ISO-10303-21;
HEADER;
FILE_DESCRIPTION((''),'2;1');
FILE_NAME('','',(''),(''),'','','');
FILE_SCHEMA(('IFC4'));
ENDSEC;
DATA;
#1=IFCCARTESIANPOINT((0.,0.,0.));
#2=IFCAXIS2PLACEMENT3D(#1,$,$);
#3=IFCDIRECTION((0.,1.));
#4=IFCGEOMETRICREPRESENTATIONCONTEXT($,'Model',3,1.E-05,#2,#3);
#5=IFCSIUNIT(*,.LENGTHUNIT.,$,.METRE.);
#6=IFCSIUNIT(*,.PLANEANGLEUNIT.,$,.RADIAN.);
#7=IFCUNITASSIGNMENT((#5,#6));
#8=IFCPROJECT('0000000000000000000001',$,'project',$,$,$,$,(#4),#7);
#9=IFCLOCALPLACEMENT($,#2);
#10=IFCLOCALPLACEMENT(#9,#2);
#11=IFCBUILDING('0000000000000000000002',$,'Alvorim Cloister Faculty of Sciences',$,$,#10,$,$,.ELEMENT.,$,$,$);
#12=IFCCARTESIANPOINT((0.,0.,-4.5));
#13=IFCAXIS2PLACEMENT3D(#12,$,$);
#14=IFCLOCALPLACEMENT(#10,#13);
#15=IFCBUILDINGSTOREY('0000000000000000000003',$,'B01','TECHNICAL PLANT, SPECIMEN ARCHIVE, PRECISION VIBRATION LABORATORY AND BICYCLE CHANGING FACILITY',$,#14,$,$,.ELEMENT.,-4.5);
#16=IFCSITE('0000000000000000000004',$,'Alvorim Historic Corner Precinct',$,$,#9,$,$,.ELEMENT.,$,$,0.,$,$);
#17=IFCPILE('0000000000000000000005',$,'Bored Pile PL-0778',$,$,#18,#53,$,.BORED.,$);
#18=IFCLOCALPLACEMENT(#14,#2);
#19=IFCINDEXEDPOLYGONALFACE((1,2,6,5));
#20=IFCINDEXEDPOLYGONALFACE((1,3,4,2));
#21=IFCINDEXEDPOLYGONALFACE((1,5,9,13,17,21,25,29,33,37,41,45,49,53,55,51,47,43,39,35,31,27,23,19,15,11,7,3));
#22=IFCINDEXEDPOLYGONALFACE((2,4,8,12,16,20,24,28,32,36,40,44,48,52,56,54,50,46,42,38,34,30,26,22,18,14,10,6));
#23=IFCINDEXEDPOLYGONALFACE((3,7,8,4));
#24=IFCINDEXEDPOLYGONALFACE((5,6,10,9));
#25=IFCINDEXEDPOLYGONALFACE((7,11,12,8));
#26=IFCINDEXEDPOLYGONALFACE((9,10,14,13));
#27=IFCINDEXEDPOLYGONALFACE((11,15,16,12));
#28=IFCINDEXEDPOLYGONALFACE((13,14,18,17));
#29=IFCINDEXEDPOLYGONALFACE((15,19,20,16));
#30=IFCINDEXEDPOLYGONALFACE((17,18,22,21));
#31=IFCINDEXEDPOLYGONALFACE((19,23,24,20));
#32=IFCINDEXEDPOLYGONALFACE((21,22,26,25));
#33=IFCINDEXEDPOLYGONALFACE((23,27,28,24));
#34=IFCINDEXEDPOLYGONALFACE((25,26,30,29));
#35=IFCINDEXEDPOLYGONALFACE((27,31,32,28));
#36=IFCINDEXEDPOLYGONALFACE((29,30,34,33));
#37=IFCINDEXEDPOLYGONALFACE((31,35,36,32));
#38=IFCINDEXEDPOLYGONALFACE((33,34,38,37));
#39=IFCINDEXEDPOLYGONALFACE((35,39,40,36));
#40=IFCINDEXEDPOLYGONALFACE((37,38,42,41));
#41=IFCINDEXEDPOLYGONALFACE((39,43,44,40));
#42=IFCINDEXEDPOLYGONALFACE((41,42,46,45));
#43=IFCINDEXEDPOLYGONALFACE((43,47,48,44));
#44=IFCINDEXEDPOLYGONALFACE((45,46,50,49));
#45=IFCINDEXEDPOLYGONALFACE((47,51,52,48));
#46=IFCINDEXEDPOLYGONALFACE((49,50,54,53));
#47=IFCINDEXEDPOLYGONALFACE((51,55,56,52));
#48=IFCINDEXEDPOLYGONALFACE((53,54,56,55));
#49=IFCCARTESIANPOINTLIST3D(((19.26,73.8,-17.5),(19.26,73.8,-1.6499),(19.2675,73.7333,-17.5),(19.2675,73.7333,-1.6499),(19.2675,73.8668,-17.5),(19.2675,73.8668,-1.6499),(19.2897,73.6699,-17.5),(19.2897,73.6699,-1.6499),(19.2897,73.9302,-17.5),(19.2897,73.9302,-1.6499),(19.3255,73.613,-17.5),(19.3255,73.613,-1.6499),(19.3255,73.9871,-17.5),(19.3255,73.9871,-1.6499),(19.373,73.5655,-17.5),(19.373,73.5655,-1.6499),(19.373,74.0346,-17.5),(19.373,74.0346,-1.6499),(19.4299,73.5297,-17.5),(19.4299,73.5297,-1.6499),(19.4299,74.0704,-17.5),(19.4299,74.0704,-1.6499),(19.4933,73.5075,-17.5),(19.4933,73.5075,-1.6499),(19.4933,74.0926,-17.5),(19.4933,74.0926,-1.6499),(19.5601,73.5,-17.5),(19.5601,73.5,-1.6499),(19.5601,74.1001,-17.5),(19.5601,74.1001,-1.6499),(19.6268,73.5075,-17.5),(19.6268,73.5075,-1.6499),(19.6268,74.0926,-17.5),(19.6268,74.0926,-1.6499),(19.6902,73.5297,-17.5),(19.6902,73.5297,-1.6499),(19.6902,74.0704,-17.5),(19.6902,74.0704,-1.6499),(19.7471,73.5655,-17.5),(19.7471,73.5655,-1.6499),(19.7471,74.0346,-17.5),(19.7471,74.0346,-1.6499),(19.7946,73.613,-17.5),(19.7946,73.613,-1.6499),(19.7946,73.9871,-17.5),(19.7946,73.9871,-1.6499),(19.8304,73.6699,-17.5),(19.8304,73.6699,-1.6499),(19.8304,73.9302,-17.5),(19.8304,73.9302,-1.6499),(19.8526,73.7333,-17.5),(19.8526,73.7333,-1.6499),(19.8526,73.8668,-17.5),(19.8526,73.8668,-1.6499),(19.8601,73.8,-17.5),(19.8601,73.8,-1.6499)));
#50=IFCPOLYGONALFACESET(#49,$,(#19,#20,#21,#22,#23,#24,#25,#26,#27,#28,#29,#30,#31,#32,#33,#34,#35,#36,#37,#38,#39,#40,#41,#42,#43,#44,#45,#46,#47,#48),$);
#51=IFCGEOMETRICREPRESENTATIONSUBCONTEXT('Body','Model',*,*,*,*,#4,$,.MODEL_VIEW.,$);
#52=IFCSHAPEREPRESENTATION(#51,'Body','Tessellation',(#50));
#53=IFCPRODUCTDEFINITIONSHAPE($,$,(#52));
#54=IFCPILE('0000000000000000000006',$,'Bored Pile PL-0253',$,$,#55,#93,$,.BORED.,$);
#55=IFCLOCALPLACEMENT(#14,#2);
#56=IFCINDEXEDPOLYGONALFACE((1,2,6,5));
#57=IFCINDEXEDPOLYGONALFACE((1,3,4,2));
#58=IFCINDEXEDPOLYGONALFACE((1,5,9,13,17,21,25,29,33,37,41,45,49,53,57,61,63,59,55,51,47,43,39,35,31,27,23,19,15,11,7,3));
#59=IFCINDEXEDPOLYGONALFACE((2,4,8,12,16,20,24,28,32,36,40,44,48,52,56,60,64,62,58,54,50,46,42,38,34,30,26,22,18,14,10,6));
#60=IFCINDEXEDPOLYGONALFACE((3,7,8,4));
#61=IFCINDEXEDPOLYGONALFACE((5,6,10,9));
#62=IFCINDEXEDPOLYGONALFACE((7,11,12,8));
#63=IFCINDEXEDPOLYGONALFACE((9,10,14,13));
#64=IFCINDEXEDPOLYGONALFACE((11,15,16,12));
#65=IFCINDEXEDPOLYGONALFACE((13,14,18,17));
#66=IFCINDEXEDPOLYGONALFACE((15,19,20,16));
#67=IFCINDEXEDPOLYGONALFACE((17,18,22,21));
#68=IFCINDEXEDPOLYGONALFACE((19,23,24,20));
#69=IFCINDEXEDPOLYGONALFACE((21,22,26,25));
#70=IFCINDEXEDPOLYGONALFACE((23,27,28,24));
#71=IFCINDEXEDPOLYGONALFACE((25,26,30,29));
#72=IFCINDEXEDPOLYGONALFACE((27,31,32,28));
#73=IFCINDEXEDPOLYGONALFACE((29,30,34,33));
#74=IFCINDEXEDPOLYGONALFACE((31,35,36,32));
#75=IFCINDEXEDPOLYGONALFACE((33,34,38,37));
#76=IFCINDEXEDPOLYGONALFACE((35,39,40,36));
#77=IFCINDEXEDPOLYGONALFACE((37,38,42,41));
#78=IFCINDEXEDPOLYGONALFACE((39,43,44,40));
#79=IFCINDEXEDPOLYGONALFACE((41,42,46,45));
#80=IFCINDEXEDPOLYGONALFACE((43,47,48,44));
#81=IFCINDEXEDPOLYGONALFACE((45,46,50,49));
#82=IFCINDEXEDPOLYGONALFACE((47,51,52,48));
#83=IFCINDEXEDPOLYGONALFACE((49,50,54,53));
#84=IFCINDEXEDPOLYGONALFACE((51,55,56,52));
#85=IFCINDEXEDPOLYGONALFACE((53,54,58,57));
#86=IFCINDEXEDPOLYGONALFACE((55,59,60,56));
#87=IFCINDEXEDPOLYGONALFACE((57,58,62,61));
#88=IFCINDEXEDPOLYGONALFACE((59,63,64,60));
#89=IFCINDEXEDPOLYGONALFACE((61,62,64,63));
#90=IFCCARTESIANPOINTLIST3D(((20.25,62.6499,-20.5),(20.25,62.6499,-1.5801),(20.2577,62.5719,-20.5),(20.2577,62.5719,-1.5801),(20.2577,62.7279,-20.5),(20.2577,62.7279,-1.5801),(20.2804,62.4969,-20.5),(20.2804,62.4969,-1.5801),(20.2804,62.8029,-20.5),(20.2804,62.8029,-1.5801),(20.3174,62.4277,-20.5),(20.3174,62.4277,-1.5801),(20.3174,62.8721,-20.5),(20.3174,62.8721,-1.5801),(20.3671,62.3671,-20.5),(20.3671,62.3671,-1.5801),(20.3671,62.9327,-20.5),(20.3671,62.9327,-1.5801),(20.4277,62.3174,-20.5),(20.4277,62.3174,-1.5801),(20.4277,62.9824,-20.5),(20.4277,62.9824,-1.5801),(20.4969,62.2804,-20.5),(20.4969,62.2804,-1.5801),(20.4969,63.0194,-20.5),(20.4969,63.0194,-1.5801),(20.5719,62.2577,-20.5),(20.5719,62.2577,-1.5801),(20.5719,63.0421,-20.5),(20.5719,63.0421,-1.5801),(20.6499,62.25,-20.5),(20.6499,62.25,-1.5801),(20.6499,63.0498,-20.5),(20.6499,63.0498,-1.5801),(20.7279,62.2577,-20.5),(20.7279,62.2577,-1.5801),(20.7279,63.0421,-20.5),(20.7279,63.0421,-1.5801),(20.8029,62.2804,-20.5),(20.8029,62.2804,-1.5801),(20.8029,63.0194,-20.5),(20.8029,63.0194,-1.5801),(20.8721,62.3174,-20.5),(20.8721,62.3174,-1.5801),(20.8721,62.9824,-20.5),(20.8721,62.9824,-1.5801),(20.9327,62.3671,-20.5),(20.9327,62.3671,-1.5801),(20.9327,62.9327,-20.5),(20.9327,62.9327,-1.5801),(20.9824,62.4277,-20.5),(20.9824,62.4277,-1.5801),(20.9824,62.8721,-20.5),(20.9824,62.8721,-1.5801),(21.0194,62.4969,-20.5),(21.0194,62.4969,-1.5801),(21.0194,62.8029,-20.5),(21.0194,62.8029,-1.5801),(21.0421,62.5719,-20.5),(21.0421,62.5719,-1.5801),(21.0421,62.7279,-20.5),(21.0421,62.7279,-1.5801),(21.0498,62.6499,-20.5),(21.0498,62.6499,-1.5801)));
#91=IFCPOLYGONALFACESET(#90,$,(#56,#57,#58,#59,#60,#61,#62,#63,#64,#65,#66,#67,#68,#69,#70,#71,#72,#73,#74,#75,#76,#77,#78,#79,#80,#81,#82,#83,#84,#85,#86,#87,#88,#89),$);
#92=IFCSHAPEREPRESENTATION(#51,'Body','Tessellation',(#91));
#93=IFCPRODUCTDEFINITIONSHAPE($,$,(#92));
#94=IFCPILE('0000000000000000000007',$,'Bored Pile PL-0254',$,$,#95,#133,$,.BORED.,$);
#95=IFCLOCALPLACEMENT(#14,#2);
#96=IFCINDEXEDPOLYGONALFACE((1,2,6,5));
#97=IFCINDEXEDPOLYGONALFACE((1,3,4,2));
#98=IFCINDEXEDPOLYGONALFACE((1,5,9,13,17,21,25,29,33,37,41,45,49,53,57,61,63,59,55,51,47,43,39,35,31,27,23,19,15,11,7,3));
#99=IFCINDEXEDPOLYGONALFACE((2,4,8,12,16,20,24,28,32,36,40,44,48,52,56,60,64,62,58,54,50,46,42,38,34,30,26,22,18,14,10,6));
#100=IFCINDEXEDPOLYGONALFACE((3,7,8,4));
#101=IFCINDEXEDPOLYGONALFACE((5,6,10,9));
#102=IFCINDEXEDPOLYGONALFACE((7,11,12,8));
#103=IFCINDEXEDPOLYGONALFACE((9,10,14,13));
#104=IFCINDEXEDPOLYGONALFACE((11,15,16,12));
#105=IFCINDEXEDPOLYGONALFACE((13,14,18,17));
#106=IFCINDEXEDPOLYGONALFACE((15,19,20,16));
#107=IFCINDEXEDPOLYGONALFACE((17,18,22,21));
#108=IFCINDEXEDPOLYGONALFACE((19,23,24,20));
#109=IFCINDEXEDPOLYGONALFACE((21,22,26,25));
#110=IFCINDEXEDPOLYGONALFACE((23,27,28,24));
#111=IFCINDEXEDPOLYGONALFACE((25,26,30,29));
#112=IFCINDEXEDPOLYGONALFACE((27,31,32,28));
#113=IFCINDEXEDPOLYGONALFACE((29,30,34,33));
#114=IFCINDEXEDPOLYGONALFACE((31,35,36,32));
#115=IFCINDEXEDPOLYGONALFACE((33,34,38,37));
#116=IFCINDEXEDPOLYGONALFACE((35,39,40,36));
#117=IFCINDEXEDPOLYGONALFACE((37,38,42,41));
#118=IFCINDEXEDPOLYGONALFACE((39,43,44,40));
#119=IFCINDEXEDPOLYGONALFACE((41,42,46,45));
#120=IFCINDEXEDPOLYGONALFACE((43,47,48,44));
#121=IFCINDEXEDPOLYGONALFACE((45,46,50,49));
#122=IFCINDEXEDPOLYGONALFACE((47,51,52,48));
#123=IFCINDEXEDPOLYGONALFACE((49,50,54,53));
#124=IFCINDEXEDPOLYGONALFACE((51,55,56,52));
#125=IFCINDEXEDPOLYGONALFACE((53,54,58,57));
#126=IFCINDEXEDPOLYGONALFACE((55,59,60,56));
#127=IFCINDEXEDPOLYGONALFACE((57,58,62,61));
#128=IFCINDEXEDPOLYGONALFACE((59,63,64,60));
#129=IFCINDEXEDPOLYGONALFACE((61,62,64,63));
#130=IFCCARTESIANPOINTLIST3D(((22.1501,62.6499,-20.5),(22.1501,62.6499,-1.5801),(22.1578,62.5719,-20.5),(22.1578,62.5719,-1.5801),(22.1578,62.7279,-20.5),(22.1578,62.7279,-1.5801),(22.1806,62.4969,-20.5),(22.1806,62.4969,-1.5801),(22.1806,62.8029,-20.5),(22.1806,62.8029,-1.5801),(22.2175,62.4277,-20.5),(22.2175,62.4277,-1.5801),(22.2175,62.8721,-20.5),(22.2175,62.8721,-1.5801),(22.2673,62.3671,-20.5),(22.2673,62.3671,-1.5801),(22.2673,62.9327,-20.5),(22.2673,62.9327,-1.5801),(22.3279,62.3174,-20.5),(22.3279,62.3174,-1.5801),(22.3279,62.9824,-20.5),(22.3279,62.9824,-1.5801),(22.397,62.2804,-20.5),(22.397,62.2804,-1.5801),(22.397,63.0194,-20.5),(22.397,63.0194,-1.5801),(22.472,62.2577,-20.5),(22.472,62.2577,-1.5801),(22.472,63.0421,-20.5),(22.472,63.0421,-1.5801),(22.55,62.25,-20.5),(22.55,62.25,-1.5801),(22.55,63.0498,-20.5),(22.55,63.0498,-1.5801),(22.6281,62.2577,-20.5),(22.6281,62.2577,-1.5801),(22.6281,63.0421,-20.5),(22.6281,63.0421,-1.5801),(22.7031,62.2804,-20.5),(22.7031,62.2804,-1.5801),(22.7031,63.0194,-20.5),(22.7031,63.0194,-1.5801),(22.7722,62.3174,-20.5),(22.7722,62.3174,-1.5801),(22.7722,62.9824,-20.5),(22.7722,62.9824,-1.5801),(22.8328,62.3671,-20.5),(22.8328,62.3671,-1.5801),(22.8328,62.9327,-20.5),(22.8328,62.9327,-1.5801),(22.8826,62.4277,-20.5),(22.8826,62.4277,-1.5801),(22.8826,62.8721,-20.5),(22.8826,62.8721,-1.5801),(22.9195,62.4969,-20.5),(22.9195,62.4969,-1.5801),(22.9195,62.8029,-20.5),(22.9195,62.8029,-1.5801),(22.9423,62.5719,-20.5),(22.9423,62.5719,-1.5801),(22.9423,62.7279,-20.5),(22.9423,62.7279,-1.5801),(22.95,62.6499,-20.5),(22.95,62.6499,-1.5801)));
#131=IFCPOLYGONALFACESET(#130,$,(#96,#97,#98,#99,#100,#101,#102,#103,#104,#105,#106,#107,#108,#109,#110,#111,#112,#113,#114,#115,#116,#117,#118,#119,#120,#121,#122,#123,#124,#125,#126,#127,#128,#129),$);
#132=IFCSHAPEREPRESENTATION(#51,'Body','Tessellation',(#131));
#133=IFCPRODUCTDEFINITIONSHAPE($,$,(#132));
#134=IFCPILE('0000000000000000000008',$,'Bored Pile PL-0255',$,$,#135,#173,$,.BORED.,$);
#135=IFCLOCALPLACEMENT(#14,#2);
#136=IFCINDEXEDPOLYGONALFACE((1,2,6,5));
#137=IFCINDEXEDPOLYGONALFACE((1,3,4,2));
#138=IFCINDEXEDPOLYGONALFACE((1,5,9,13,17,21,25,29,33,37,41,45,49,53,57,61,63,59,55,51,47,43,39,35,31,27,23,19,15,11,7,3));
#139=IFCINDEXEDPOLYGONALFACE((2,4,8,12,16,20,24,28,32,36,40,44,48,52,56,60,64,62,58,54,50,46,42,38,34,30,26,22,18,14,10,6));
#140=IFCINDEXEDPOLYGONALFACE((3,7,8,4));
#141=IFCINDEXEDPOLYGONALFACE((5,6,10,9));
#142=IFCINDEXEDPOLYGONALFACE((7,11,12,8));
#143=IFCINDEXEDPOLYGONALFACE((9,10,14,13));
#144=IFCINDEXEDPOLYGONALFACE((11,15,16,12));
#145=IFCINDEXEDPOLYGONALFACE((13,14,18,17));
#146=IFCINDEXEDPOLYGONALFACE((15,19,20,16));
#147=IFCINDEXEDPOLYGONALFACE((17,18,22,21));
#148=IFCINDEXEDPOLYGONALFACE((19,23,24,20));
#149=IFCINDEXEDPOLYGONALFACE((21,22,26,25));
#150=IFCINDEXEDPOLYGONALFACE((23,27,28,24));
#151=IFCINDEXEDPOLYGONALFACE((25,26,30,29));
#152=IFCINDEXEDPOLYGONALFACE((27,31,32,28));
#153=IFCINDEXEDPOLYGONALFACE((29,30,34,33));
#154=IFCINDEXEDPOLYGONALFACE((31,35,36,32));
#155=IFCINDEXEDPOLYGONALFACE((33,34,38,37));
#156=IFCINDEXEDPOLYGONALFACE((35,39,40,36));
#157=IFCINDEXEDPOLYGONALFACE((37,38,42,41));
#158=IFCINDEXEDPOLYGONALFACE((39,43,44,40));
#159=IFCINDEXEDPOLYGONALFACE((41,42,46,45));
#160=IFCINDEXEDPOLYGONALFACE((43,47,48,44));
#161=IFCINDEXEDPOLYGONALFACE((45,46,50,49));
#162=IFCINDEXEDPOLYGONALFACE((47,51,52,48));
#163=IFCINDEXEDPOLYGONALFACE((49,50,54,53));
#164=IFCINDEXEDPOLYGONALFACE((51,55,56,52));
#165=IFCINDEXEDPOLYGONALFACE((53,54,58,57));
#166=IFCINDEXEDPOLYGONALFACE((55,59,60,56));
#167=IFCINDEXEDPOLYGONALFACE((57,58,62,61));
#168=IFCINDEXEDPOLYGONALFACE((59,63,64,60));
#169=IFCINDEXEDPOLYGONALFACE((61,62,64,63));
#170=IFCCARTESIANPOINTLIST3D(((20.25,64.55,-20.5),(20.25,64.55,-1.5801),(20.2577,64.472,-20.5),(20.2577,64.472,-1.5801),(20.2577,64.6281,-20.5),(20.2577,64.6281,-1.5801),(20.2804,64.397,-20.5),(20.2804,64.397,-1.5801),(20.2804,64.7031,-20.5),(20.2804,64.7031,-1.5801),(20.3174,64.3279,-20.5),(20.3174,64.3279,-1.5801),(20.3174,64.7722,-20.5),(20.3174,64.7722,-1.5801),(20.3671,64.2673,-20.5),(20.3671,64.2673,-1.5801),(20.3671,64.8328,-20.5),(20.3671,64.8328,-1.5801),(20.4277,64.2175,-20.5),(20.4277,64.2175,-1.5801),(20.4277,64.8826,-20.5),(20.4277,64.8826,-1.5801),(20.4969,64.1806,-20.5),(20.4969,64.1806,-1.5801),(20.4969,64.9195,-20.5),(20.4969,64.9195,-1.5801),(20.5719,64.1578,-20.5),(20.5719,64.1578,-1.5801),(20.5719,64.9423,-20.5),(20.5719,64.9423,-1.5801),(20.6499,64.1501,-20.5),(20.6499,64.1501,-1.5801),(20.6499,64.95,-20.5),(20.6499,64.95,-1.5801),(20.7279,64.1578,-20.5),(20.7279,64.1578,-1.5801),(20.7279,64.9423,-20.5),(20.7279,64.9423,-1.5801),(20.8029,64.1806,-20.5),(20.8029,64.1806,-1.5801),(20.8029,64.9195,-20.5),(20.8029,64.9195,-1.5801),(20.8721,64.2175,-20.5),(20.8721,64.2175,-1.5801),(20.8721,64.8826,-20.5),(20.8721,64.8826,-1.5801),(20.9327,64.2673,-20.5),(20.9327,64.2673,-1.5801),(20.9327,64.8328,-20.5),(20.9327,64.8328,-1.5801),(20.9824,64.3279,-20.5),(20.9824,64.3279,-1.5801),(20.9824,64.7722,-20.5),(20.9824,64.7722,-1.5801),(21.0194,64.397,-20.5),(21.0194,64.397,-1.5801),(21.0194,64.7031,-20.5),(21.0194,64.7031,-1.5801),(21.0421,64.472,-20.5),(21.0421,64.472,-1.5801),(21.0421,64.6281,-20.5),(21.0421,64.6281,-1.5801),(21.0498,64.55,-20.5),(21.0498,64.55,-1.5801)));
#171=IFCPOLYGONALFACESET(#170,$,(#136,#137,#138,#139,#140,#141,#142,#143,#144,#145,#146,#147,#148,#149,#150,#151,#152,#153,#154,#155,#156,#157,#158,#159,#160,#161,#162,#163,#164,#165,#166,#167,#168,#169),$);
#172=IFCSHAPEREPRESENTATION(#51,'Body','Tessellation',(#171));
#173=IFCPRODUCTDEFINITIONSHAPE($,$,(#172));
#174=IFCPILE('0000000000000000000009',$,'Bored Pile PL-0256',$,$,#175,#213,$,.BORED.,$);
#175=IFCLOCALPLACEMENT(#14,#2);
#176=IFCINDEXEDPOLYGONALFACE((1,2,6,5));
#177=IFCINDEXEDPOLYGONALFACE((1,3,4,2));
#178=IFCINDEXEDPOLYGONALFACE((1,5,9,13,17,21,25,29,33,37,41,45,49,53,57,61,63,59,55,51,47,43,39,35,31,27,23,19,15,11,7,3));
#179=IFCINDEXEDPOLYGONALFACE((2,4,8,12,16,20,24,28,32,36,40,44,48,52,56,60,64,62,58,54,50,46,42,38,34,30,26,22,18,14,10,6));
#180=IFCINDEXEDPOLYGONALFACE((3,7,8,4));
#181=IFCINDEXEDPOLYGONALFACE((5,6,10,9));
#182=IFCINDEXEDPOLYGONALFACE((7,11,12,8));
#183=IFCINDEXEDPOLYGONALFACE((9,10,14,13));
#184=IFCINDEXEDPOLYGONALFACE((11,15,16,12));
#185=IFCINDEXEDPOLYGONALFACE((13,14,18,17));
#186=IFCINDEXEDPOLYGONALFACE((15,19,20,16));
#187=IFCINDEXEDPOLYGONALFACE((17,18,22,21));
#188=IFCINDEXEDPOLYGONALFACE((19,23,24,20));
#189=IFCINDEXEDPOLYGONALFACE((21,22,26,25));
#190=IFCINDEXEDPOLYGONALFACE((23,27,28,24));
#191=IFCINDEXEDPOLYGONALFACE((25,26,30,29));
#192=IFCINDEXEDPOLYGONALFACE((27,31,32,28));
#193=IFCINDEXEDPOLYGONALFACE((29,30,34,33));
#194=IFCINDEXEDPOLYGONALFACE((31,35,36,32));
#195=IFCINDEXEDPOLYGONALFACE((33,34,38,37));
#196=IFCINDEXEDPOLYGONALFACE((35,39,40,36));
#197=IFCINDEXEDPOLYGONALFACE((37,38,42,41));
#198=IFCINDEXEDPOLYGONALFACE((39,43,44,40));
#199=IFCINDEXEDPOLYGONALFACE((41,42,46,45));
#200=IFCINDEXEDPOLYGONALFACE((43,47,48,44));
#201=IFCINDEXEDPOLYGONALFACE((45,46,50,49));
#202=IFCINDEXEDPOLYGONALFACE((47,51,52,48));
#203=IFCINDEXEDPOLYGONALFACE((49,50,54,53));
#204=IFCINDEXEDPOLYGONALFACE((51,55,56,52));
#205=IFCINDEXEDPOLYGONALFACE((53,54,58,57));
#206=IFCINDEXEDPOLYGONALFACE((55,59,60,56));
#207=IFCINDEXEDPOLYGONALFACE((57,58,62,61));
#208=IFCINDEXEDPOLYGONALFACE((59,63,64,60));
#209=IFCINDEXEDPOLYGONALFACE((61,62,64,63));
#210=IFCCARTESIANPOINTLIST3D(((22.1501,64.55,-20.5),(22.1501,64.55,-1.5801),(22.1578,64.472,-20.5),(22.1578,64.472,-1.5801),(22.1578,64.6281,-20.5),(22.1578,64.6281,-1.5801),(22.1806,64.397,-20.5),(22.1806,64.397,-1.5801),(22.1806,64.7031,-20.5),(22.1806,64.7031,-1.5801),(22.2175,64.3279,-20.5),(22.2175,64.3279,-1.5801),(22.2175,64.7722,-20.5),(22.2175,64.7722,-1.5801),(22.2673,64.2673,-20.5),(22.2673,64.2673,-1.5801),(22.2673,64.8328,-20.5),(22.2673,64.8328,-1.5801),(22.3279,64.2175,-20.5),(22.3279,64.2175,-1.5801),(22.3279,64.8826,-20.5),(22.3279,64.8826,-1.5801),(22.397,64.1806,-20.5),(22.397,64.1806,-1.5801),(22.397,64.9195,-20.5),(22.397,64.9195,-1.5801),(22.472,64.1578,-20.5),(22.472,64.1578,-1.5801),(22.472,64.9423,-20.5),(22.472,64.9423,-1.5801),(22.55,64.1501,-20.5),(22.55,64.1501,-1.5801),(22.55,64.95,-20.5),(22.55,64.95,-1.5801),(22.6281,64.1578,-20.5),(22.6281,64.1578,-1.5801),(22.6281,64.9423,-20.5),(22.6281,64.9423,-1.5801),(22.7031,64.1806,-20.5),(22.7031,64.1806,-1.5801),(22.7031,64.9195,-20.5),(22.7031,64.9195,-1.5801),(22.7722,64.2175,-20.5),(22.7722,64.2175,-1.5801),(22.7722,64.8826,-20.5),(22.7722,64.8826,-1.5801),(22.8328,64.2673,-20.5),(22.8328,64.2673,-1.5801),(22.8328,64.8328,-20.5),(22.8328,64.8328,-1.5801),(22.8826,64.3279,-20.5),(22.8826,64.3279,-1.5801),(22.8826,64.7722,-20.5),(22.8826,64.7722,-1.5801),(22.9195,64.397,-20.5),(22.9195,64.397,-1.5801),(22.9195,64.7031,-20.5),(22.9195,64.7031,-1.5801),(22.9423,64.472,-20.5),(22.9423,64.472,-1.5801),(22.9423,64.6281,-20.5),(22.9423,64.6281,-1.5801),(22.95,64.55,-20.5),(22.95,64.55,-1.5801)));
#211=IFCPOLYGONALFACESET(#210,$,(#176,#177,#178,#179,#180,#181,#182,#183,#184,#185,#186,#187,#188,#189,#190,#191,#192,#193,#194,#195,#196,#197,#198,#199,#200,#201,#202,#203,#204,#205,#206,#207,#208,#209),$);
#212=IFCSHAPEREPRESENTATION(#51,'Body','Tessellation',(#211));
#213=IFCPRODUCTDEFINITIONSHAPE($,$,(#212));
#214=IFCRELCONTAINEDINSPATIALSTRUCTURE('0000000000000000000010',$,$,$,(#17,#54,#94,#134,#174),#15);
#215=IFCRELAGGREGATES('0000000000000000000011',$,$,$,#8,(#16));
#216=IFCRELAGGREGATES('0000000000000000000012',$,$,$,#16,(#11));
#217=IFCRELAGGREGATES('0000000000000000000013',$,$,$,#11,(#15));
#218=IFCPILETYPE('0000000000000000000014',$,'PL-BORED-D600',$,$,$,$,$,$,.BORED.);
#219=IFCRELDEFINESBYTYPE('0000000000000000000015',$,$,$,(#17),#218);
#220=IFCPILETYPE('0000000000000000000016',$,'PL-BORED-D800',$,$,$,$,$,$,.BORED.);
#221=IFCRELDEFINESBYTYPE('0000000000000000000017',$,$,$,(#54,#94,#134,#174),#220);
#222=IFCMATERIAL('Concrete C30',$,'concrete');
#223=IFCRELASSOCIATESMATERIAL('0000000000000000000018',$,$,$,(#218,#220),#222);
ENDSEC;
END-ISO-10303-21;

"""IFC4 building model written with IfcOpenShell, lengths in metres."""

from ifc_helpers import new_model, si_unit, direction, frame, origin, origin_2d, place, context, subcontext, project, spatial, circle, extrude, material, material_profile, profile_set, type_object, element, save


model = new_model("IFC4")

# Units and contexts
model_context = context("Model", 3, precision=1e-05, world=origin(), true_north=direction((0.0, 1.0)))
body_context = subcontext(model_context, "Body", "Model", "MODEL_VIEW")
ifc_project = project(units=[si_unit("LENGTHUNIT", "METRE"), si_unit("PLANEANGLEUNIT", "RADIAN")], contexts=[model_context])

# Site, building, storey
site_placement = place(None, origin())
site = spatial("IfcSite", under=ifc_project, at=site_placement, Name="Alvorim Historic Corner Precinct", CompositionType="ELEMENT", RefElevation=0.0)
building_placement = place(site_placement, origin())
building = spatial("IfcBuilding", under=site, at=building_placement, Name="Alvorim Cloister Faculty of Sciences", CompositionType="ELEMENT")
storey_placement = place(building_placement, frame((0.0, 0.0, -4.5)))
storey = spatial("IfcBuildingStorey", under=building, at=storey_placement, Name="B01", Description="TECHNICAL PLANT, SPECIMEN ARCHIVE, PRECISION VIBRATION LABORATORY AND BICYCLE CHANGING FACILITY", CompositionType="ELEMENT", Elevation=-4.5)

# Piles
ifc_material_1 = material(Name="Concrete C30", Category="concrete")
ifc_material_profile_1 = material_profile(ifc_material_1, circle(Radius=0.3, at=origin_2d()), Name="PILE-D600")
ifc_profile_set_1 = profile_set([ifc_material_profile_1], Name="Concrete C30")
pile_type_1 = type_object("IfcPileType", Name="PL-BORED-D600", PredefinedType="BORED", material=ifc_profile_set_1)
for number, where, z_axis, x_axis, name in (
    (1, (19.5601, 73.8, -1.6499), (0.0, 0.0, -1.0), (1.0, 0.0, 0.0), "Bored Pile PL-0778"),
):
    element("IfcPile", number, at=place(storey_placement, frame(where, z_axis=z_axis, x_axis=x_axis)), inside=storey, type_object=pile_type_1, Name=name, PredefinedType="BORED", context=body_context, shape_type="SweptSolid", body=[
        extrude(circle(Radius=0.3, at=origin_2d()), origin(), (0.0, 0.0, 1.0), 15.8501),
    ])
ifc_material_profile_2 = material_profile(ifc_material_1, circle(Radius=0.3999, at=origin_2d()), Name="PILE-D800")
ifc_profile_set_2 = profile_set([ifc_material_profile_2], Name="Concrete C30")
pile_type_2 = type_object("IfcPileType", Name="PL-BORED-D800", PredefinedType="BORED", material=ifc_profile_set_2)
for number, where, z_axis, x_axis, name in (
    (2, (20.6499, 62.6499, -1.5801), (0.0, 0.0, -1.0), (1.0, 0.0, 0.0), "Bored Pile PL-0253"),
    (3, (22.55, 62.6499, -1.5801), (0.0, 0.0, -1.0), (1.0, 0.0, 0.0), "Bored Pile PL-0254"),
    (4, (20.6499, 64.55, -1.5801), (0.0, 0.0, -1.0), (1.0, 0.0, 0.0), "Bored Pile PL-0255"),
    (5, (22.55, 64.55, -1.5801), (0.0, 0.0, -1.0), (1.0, 0.0, 0.0), "Bored Pile PL-0256"),
):
    element("IfcPile", number, at=place(storey_placement, frame(where, z_axis=z_axis, x_axis=x_axis)), inside=storey, type_object=pile_type_2, Name=name, PredefinedType="BORED", context=body_context, shape_type="SweptSolid", body=[
        extrude(circle(Radius=0.3999, at=origin_2d()), origin(), (0.0, 0.0, 1.0), 18.9199),
    ])

save(model, "model.ifc")
